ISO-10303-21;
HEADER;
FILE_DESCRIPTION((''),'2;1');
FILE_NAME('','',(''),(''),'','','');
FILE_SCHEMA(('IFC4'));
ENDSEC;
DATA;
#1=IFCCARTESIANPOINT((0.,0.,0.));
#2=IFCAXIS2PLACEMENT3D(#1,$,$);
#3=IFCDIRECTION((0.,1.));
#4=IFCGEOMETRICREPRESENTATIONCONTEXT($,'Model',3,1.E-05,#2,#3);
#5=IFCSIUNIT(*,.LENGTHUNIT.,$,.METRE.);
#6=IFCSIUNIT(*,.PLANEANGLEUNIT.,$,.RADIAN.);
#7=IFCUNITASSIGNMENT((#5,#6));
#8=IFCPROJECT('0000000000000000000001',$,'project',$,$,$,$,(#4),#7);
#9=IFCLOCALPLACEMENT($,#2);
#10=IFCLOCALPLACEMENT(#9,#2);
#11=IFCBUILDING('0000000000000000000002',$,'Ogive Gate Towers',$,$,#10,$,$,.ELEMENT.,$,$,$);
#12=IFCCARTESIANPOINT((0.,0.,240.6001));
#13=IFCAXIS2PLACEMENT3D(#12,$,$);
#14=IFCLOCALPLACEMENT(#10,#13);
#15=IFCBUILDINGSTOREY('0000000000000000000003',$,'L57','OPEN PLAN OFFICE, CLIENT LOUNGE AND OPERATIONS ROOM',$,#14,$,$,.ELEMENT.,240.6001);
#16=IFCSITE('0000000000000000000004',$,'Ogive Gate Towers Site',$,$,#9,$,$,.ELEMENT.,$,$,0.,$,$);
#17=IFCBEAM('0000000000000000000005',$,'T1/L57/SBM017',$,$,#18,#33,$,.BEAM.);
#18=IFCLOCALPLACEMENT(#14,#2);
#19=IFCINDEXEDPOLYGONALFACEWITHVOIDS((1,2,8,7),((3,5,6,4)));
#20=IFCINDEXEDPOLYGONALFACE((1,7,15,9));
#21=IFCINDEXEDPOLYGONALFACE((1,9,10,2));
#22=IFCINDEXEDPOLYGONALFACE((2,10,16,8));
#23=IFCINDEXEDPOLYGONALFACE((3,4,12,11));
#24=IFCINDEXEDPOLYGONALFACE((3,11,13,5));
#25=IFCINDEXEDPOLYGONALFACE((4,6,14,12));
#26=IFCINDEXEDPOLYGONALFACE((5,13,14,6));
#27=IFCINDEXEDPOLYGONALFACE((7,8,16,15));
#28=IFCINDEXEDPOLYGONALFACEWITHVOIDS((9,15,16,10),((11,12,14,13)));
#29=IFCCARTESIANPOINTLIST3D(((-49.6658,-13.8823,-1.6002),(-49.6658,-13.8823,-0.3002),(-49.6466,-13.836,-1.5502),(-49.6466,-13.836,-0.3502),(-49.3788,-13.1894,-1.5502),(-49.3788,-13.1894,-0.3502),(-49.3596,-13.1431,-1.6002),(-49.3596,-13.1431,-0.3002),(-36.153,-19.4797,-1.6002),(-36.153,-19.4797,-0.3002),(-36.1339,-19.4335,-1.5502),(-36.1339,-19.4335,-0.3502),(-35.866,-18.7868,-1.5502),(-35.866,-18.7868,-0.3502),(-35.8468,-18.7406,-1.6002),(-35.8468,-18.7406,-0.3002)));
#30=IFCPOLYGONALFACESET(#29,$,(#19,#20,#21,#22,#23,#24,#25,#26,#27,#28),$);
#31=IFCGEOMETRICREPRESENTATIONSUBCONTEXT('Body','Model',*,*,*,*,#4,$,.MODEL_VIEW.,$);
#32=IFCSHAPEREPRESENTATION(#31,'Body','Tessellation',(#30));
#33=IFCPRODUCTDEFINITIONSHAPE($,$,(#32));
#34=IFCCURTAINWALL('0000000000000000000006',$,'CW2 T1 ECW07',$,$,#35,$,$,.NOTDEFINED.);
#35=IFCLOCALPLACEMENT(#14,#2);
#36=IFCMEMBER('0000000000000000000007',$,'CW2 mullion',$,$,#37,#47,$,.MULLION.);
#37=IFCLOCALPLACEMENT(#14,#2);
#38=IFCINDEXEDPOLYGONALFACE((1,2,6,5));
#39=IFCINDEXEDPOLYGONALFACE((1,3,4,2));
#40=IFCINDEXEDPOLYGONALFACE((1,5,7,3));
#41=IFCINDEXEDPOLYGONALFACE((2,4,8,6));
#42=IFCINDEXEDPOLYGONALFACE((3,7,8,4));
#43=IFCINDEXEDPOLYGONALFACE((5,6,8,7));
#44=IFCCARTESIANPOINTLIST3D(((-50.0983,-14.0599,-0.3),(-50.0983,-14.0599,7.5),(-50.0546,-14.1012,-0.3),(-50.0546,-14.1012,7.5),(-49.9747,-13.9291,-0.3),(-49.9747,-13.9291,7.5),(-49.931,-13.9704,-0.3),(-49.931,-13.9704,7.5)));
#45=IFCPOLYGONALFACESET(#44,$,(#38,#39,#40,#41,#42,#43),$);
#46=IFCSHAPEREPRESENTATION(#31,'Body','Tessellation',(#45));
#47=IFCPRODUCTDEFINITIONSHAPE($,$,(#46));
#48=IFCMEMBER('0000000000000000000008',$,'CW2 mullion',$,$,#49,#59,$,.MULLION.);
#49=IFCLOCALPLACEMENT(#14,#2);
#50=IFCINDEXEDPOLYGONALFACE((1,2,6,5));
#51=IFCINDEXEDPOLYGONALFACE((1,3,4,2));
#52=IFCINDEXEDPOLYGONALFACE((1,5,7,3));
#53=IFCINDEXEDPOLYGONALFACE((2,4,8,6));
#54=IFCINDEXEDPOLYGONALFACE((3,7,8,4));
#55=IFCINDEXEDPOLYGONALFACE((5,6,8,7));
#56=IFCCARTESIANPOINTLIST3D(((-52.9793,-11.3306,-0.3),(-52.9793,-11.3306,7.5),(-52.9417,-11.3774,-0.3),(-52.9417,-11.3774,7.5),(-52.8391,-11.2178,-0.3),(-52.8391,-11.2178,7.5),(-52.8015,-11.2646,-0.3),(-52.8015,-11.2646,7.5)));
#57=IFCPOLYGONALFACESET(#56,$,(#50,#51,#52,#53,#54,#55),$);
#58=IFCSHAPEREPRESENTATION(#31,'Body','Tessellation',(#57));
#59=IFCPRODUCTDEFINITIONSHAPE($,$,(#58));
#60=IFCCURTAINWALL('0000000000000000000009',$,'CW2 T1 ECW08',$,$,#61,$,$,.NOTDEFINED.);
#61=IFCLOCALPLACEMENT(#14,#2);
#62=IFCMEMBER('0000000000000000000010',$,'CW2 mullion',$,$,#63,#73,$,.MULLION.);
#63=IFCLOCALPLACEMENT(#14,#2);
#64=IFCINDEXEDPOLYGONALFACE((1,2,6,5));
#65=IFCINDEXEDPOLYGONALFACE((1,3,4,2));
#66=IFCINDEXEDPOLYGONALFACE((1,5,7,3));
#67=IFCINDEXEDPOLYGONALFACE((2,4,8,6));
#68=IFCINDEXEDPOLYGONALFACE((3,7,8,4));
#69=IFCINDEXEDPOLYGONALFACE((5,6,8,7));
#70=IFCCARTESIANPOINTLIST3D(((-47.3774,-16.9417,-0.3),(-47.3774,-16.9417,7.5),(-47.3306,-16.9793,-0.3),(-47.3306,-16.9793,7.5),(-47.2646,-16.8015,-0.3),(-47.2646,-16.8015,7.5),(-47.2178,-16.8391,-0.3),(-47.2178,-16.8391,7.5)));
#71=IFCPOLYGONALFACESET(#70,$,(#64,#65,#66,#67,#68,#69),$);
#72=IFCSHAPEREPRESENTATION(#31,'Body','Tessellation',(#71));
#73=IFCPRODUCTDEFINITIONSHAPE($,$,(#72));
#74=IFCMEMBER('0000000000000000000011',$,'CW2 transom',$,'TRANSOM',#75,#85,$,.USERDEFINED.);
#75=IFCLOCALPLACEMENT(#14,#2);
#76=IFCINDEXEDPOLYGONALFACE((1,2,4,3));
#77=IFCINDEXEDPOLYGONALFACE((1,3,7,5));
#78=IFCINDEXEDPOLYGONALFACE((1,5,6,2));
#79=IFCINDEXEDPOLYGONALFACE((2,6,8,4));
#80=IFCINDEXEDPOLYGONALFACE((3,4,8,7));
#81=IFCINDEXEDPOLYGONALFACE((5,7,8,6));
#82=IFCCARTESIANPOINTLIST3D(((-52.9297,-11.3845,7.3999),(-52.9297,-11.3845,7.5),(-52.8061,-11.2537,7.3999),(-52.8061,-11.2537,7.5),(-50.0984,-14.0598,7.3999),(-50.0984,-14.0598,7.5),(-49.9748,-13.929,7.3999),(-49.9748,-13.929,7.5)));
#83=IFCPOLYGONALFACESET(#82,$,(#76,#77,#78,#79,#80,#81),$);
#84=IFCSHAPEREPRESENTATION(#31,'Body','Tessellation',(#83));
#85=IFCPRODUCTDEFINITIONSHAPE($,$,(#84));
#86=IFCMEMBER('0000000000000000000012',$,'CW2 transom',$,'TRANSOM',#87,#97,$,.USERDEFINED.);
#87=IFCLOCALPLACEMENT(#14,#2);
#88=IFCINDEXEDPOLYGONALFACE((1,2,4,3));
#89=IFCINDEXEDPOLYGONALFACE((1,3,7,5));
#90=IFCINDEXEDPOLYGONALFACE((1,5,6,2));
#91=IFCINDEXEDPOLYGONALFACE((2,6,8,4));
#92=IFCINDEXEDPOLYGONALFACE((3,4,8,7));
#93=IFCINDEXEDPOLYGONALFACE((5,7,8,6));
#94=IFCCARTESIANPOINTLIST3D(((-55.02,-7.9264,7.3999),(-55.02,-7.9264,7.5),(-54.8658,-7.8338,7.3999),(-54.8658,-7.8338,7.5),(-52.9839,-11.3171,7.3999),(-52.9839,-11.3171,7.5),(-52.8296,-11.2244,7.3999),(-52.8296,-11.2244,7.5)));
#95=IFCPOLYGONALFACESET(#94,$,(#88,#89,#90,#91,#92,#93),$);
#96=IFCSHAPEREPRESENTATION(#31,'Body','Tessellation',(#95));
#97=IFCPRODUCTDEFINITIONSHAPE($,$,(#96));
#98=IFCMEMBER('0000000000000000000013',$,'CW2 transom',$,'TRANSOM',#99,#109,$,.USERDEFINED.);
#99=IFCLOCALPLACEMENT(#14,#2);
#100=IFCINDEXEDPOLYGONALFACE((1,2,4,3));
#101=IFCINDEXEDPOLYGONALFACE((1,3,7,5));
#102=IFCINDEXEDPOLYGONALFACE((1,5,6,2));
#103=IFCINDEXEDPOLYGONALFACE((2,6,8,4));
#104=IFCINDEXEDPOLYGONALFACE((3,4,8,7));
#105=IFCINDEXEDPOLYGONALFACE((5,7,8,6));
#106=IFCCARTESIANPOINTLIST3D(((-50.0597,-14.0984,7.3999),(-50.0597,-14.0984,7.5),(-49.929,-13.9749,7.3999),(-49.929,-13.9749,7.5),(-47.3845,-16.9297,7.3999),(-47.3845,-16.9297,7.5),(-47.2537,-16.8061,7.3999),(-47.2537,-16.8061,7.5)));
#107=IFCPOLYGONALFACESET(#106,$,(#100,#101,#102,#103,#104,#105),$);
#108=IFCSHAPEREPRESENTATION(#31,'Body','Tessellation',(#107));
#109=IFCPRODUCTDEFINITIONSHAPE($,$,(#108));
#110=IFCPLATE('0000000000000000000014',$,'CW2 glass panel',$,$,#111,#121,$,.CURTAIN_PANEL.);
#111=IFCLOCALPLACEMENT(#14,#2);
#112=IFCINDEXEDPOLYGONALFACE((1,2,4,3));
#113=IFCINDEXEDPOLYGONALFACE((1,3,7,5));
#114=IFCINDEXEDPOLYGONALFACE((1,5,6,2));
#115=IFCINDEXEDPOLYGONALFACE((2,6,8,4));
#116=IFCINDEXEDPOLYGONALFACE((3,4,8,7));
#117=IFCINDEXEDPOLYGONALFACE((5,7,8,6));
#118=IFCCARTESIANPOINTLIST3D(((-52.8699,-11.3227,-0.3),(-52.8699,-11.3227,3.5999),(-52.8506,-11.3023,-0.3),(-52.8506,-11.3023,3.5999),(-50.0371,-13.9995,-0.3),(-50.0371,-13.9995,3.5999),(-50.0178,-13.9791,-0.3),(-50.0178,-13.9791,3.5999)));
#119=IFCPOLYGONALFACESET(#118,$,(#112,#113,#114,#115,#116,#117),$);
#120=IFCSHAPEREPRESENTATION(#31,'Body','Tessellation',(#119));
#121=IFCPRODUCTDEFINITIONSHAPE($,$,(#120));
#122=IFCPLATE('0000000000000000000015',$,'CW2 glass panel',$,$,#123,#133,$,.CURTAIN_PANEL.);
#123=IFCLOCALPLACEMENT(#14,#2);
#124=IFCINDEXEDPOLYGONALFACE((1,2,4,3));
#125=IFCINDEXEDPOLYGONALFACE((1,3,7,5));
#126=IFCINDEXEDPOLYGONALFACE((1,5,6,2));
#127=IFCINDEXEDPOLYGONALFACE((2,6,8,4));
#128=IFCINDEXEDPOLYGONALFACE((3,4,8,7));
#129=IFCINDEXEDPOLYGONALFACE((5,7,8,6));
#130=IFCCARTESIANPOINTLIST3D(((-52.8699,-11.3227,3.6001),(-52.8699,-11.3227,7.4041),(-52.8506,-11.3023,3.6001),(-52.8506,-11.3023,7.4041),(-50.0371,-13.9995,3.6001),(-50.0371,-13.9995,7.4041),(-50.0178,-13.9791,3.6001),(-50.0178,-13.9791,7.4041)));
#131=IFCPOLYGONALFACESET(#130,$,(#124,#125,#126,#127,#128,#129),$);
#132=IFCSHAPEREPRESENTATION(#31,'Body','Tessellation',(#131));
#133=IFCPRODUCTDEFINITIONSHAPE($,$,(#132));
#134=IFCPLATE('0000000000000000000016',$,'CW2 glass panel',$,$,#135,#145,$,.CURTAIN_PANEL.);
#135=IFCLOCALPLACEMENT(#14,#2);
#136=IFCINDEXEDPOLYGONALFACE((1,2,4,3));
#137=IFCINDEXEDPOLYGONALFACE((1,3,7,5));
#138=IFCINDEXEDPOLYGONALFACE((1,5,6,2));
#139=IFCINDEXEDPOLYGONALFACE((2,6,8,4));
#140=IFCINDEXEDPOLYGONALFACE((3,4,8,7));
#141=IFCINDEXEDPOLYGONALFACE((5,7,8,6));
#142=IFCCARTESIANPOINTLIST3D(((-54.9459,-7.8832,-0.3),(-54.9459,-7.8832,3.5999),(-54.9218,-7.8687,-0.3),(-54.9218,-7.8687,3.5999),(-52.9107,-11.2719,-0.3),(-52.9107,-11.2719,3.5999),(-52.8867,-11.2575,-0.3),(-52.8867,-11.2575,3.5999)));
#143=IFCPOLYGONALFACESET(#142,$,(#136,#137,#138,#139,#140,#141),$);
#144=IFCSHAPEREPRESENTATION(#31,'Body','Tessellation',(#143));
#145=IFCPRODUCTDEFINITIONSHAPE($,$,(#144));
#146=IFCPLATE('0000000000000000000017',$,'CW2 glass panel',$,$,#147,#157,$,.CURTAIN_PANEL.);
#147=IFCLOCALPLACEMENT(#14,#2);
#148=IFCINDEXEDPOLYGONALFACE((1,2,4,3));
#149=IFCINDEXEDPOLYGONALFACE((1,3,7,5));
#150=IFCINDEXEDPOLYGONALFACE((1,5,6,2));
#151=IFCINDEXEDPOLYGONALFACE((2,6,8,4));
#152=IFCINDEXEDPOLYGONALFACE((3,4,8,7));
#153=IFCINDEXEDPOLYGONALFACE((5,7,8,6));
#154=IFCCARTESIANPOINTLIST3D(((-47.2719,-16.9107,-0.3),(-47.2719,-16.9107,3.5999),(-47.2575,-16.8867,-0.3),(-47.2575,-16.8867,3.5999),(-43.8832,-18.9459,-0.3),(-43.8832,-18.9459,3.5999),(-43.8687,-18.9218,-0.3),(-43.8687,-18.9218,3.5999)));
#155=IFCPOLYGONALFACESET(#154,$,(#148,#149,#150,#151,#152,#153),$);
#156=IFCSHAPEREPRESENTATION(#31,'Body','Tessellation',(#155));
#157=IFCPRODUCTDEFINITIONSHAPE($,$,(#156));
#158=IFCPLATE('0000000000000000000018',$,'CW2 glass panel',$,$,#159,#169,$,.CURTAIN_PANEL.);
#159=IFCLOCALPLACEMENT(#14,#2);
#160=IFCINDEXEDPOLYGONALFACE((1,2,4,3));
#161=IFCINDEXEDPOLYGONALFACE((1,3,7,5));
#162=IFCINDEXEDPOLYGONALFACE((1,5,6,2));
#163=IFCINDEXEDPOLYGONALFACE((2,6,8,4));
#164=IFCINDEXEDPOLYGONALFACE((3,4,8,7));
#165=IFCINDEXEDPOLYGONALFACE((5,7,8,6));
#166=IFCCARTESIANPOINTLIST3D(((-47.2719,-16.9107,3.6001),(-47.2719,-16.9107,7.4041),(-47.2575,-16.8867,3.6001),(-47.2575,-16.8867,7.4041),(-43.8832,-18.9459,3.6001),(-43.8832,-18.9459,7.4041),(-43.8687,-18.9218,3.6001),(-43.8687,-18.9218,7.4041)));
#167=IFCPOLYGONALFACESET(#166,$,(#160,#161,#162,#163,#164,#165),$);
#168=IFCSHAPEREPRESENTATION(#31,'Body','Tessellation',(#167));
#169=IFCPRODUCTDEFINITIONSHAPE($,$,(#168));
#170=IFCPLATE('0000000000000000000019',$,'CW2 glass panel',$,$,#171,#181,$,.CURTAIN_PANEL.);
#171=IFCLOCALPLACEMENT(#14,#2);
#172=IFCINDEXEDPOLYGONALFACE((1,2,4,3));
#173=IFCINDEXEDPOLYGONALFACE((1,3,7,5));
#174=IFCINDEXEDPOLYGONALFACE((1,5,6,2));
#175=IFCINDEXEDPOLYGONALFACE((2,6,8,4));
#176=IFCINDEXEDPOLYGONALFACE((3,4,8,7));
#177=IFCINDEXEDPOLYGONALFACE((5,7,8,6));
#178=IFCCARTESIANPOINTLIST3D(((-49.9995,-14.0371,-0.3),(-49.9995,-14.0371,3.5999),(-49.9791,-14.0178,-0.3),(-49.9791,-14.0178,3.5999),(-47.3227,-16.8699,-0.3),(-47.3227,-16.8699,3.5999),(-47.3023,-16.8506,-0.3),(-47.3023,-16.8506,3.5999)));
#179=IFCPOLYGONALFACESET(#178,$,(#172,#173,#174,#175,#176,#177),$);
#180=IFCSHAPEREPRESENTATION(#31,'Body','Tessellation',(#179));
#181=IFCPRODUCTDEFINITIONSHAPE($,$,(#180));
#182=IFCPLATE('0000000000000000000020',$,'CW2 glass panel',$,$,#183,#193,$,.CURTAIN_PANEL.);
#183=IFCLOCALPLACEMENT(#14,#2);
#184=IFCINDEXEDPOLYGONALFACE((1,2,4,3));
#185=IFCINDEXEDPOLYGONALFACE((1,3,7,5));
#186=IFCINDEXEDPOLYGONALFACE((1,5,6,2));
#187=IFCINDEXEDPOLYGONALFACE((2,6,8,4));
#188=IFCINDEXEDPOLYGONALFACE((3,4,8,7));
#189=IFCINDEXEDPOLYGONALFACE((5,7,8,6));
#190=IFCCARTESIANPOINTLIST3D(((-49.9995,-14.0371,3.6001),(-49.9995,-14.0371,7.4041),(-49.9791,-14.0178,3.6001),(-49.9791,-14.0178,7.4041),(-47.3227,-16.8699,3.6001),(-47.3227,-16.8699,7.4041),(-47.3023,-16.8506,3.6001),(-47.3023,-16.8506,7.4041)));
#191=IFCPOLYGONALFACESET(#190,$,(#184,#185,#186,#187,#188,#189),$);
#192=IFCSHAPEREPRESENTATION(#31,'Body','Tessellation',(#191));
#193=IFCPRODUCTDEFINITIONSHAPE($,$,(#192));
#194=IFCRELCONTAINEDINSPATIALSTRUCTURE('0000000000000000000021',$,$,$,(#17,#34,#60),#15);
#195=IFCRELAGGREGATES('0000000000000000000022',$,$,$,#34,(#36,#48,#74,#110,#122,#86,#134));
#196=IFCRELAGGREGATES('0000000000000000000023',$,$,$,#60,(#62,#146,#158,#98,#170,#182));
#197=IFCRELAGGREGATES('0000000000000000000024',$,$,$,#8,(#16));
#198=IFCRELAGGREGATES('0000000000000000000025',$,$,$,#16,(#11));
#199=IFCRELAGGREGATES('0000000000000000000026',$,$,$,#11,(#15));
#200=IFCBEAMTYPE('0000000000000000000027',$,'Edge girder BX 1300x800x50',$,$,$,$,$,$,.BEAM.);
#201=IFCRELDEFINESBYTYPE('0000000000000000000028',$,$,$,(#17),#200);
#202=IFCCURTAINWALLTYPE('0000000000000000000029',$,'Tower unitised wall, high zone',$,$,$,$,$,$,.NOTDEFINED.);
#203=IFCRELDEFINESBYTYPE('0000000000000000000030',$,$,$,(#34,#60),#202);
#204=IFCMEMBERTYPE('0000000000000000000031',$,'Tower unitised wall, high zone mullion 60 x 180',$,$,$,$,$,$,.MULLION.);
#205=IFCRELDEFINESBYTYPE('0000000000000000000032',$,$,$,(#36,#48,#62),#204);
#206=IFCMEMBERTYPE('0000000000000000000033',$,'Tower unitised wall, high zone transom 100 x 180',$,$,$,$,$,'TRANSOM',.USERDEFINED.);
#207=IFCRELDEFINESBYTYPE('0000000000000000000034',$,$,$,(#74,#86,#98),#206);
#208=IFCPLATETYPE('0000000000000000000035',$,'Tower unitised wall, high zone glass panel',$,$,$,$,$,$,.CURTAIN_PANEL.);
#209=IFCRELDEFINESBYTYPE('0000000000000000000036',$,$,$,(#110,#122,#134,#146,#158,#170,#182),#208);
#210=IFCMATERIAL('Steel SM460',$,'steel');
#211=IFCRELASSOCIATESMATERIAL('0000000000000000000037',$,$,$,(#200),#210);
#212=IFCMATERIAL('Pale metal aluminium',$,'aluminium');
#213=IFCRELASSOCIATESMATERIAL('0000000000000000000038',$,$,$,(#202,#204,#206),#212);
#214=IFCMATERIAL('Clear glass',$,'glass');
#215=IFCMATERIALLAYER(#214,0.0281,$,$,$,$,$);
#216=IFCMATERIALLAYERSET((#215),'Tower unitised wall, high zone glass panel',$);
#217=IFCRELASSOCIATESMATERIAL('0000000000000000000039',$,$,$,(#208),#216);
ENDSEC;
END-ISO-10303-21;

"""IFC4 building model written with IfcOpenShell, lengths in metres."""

from ifc_helpers import new_model, si_unit, direction, frame, origin, origin_2d, place, context, subcontext, project, spatial, rectangle, hollow_rectangle, extrude, material, layer, layer_set, material_profile, profile_set, type_object, element, aggregate, save


model = new_model("IFC4")

# Units and contexts
model_context = context("Model", 3, precision=1e-05, world=origin(), true_north=direction((0.0, 1.0)))
body_context = subcontext(model_context, "Body", "Model", "MODEL_VIEW")
ifc_project = project(units=[si_unit("LENGTHUNIT", "METRE"), si_unit("PLANEANGLEUNIT", "RADIAN")], contexts=[model_context])

# Site, building, storey
site_placement = place(None, origin())
site = spatial("IfcSite", under=ifc_project, at=site_placement, Name="Ogive Gate Towers Site", CompositionType="ELEMENT", RefElevation=0.0)
building_placement = place(site_placement, origin())
building = spatial("IfcBuilding", under=site, at=building_placement, Name="Ogive Gate Towers", CompositionType="ELEMENT")
storey_placement = place(building_placement, frame((0.0, 0.0, 240.6001)))
storey = spatial("IfcBuildingStorey", under=building, at=storey_placement, Name="L57", Description="OPEN PLAN OFFICE, CLIENT LOUNGE AND OPERATIONS ROOM", CompositionType="ELEMENT", Elevation=240.6001)

# Beam
ifc_material_1 = material(Name="Steel SM460", Category="steel")
ifc_material_profile_1 = material_profile(ifc_material_1, hollow_rectangle(XDim=0.8, YDim=1.3, WallThickness=0.05, at=origin_2d()), Name="BX 1300x800x50")
ifc_profile_set_1 = profile_set([ifc_material_profile_1], Name="Steel SM460")
beam_type = type_object("IfcBeamType", Name="Edge girder BX 1300x800x50", PredefinedType="BEAM", material=ifc_profile_set_1)
beam_placement = place(storey_placement, frame((-49.5127, -13.5127, -0.9502), z_axis=(0.923873, -0.382699, 0.0), x_axis=(0.382699, 0.923873, 0.0)))
element("IfcBeam", 1, at=beam_placement, inside=storey, type_object=beam_type, Name="T1/L57/SBM017", PredefinedType="BEAM", context=body_context, shape_type="SweptSolid", body=[
    extrude(hollow_rectangle(XDim=0.8, YDim=1.3, WallThickness=0.05, at=origin_2d()), origin(), (0.0, 0.0, 1.0), 14.6262),
])

# Curtain wall, members
ifc_material_2 = material(Name="Pale metal aluminium", Category="aluminium")
curtain_wall_type = type_object("IfcCurtainWallType", Name="Tower unitised wall, high zone", PredefinedType="NOTDEFINED", material=ifc_material_2)
curtain_wall_1_placement = place(storey_placement, origin())
curtain_wall_1 = element("IfcCurtainWall", 2, at=curtain_wall_1_placement, inside=storey, type_object=curtain_wall_type, Name="CW2 T1 ECW07", PredefinedType="NOTDEFINED")
ifc_material_profile_2 = material_profile(ifc_material_2, rectangle(XDim=0.1799, YDim=0.0601, at=origin_2d()), Name="60 x 180 aluminium box")
ifc_profile_set_2 = profile_set([ifc_material_profile_2], Name="Pale metal aluminium")
member_type_1 = type_object("IfcMemberType", Name="Tower unitised wall, high zone mullion 60 x 180", PredefinedType="MULLION", material=ifc_profile_set_2)
member_1_placement = place(storey_placement, frame((-50.0146, -14.0151, -0.3), z_axis=(0.0, 0.0, 1.0), x_axis=(0.686796, 0.72685, 0.0)))
member_1 = element("IfcMember", 3, at=member_1_placement, type_object=member_type_1, Name="CW2 mullion", PredefinedType="MULLION", context=body_context, shape_type="SweptSolid", body=[
    extrude(rectangle(XDim=0.1799, YDim=0.0601, at=origin_2d()), origin(), (0.0, 0.0, 1.0), 7.8),
])
member_2_placement = place(storey_placement, frame((-52.8904, -11.2976, -0.3), z_axis=(0.0, 0.0, 1.0), x_axis=(0.779283, 0.626672, 0.0)))
member_2 = element("IfcMember", 4, at=member_2_placement, type_object=member_type_1, Name="CW2 mullion", PredefinedType="MULLION", context=body_context, shape_type="SweptSolid", body=[
    extrude(rectangle(XDim=0.1799, YDim=0.0601, at=origin_2d()), origin(), (0.0, 0.0, 1.0), 7.8),
])

# Curtain wall, member
curtain_wall_2_placement = place(storey_placement, origin())
curtain_wall_2 = element("IfcCurtainWall", 5, at=curtain_wall_2_placement, inside=storey, type_object=curtain_wall_type, Name="CW2 T1 ECW08", PredefinedType="NOTDEFINED")
member_3_placement = place(storey_placement, frame((-47.2976, -16.8904, -0.3), z_axis=(0.0, 0.0, 1.0), x_axis=(0.626672, 0.779283, 0.0)))
member_3 = element("IfcMember", 6, at=member_3_placement, type_object=member_type_1, Name="CW2 mullion", PredefinedType="MULLION", context=body_context, shape_type="SweptSolid", body=[
    extrude(rectangle(XDim=0.1799, YDim=0.0601, at=origin_2d()), origin(), (0.0, 0.0, 1.0), 7.8),
])

# Members
ifc_material_profile_3 = material_profile(ifc_material_2, rectangle(XDim=0.1799, YDim=0.1001, at=origin_2d()), Name="100 x 180 aluminium box")
ifc_profile_set_3 = profile_set([ifc_material_profile_3], Name="Pale metal aluminium")
member_type_2 = type_object("IfcMemberType", Name="Tower unitised wall, high zone transom 100 x 180", ElementType="TRANSOM", PredefinedType="USERDEFINED", material=ifc_profile_set_3)
member_4_placement = place(storey_placement, frame((-50.0366, -13.9944, 7.45), z_axis=(-0.726848, 0.686798, 0.0), x_axis=(-0.686798, -0.726848, 0.0)))
member_4 = element("IfcMember", 7, at=member_4_placement, type_object=member_type_2, Name="CW2 transom", ObjectType="TRANSOM", PredefinedType="USERDEFINED", context=body_context, shape_type="SweptSolid", body=[
    extrude(rectangle(XDim=0.1799, YDim=0.1001, at=origin_2d()), origin(), (0.0, 0.0, 1.0), 3.8953),
])
member_5_placement = place(storey_placement, frame((-52.9067, -11.2708, 7.45), z_axis=(-0.514823, 0.857297, 0.0), x_axis=(-0.857297, -0.514823, 0.0)))
member_5 = element("IfcMember", 8, at=member_5_placement, type_object=member_type_2, Name="CW2 transom", ObjectType="TRANSOM", PredefinedType="USERDEFINED", context=body_context, shape_type="SweptSolid", body=[
    extrude(rectangle(XDim=0.1799, YDim=0.1001, at=origin_2d()), origin(), (0.0, 0.0, 1.0), 3.9551),
])
member_6_placement = place(storey_placement, frame((-47.3191, -16.8679, 7.45), z_axis=(-0.686798, 0.726848, 0.0), x_axis=(-0.726848, -0.686798, 0.0)))
member_6 = element("IfcMember", 9, at=member_6_placement, type_object=member_type_2, Name="CW2 transom", ObjectType="TRANSOM", PredefinedType="USERDEFINED", context=body_context, shape_type="SweptSolid", body=[
    extrude(rectangle(XDim=0.1799, YDim=0.1001, at=origin_2d()), origin(), (0.0, 0.0, 1.0), 3.8953),
])

# Plates
ifc_material_3 = material(Name="Clear glass", Category="glass")
ifc_layer_1 = layer(ifc_material_3, 0.0281)
ifc_layer_set_1 = layer_set([ifc_layer_1], Name="Tower unitised wall, high zone glass panel")
plate_type = type_object("IfcPlateType", Name="Tower unitised wall, high zone glass panel", PredefinedType="CURTAIN_PANEL", material=ifc_layer_set_1)
plate_1_placement = place(storey_placement, frame((-51.4438, -12.6509, -0.3), z_axis=(0.0, 0.0, 1.0), x_axis=(-0.72685, 0.686796, 0.0)))
plate_1 = element("IfcPlate", 10, at=plate_1_placement, type_object=plate_type, Name="CW2 glass panel", PredefinedType="CURTAIN_PANEL", context=body_context, shape_type="SweptSolid", body=[
    extrude(rectangle(XDim=3.8975, YDim=0.0281, at=origin_2d()), origin(), (0.0, 0.0, 1.0), 3.8999),
])
plate_2_placement = place(storey_placement, frame((-51.4438, -12.6509, 3.6001), z_axis=(0.0, 0.0, 1.0), x_axis=(-0.72685, 0.686796, 0.0)))
plate_2 = element("IfcPlate", 11, at=plate_2_placement, type_object=plate_type, Name="CW2 glass panel", PredefinedType="CURTAIN_PANEL", context=body_context, shape_type="SweptSolid", body=[
    extrude(rectangle(XDim=3.8975, YDim=0.0281, at=origin_2d()), origin(), (0.0, 0.0, 1.0), 3.804),
])
plate_3_placement = place(storey_placement, frame((-53.9163, -9.5703, -0.3), z_axis=(0.0, 0.0, 1.0), x_axis=(-0.514844, 0.857284, 0.0)))
plate_3 = element("IfcPlate", 12, at=plate_3_placement, type_object=plate_type, Name="CW2 glass panel", PredefinedType="CURTAIN_PANEL", context=body_context, shape_type="SweptSolid", body=[
    extrude(rectangle(XDim=3.9529, YDim=0.0281, at=origin_2d()), origin(), (0.0, 0.0, 1.0), 3.8999),
])
aggregate(curtain_wall_1, [member_1, member_2, member_4, plate_1, plate_2, member_5, plate_3])
plate_4_placement = place(storey_placement, frame((-45.5703, -17.9163, -0.3), z_axis=(0.0, 0.0, 1.0), x_axis=(-0.857284, 0.514844, 0.0)))
plate_4 = element("IfcPlate", 13, at=plate_4_placement, type_object=plate_type, Name="CW2 glass panel", PredefinedType="CURTAIN_PANEL", context=body_context, shape_type="SweptSolid", body=[
    extrude(rectangle(XDim=3.9529, YDim=0.0281, at=origin_2d()), origin(), (0.0, 0.0, 1.0), 3.8999),
])
plate_5_placement = place(storey_placement, frame((-45.5703, -17.9163, 3.6001), z_axis=(0.0, 0.0, 1.0), x_axis=(-0.857284, 0.514844, 0.0)))
plate_5 = element("IfcPlate", 14, at=plate_5_placement, type_object=plate_type, Name="CW2 glass panel", PredefinedType="CURTAIN_PANEL", context=body_context, shape_type="SweptSolid", body=[
    extrude(rectangle(XDim=3.9529, YDim=0.0281, at=origin_2d()), origin(), (0.0, 0.0, 1.0), 3.804),
])
plate_6_placement = place(storey_placement, frame((-48.6509, -15.4438, -0.3), z_axis=(0.0, 0.0, 1.0), x_axis=(-0.686796, 0.72685, 0.0)))
plate_6 = element("IfcPlate", 15, at=plate_6_placement, type_object=plate_type, Name="CW2 glass panel", PredefinedType="CURTAIN_PANEL", context=body_context, shape_type="SweptSolid", body=[
    extrude(rectangle(XDim=3.8975, YDim=0.0281, at=origin_2d()), origin(), (0.0, 0.0, 1.0), 3.8999),
])
plate_7_placement = place(storey_placement, frame((-48.6509, -15.4438, 3.6001), z_axis=(0.0, 0.0, 1.0), x_axis=(-0.686796, 0.72685, 0.0)))
plate_7 = element("IfcPlate", 16, at=plate_7_placement, type_object=plate_type, Name="CW2 glass panel", PredefinedType="CURTAIN_PANEL", context=body_context, shape_type="SweptSolid", body=[
    extrude(rectangle(XDim=3.8975, YDim=0.0281, at=origin_2d()), origin(), (0.0, 0.0, 1.0), 3.804),
])
aggregate(curtain_wall_2, [member_3, plate_4, plate_5, member_6, plate_6, plate_7])

save(model, "model.ifc")
